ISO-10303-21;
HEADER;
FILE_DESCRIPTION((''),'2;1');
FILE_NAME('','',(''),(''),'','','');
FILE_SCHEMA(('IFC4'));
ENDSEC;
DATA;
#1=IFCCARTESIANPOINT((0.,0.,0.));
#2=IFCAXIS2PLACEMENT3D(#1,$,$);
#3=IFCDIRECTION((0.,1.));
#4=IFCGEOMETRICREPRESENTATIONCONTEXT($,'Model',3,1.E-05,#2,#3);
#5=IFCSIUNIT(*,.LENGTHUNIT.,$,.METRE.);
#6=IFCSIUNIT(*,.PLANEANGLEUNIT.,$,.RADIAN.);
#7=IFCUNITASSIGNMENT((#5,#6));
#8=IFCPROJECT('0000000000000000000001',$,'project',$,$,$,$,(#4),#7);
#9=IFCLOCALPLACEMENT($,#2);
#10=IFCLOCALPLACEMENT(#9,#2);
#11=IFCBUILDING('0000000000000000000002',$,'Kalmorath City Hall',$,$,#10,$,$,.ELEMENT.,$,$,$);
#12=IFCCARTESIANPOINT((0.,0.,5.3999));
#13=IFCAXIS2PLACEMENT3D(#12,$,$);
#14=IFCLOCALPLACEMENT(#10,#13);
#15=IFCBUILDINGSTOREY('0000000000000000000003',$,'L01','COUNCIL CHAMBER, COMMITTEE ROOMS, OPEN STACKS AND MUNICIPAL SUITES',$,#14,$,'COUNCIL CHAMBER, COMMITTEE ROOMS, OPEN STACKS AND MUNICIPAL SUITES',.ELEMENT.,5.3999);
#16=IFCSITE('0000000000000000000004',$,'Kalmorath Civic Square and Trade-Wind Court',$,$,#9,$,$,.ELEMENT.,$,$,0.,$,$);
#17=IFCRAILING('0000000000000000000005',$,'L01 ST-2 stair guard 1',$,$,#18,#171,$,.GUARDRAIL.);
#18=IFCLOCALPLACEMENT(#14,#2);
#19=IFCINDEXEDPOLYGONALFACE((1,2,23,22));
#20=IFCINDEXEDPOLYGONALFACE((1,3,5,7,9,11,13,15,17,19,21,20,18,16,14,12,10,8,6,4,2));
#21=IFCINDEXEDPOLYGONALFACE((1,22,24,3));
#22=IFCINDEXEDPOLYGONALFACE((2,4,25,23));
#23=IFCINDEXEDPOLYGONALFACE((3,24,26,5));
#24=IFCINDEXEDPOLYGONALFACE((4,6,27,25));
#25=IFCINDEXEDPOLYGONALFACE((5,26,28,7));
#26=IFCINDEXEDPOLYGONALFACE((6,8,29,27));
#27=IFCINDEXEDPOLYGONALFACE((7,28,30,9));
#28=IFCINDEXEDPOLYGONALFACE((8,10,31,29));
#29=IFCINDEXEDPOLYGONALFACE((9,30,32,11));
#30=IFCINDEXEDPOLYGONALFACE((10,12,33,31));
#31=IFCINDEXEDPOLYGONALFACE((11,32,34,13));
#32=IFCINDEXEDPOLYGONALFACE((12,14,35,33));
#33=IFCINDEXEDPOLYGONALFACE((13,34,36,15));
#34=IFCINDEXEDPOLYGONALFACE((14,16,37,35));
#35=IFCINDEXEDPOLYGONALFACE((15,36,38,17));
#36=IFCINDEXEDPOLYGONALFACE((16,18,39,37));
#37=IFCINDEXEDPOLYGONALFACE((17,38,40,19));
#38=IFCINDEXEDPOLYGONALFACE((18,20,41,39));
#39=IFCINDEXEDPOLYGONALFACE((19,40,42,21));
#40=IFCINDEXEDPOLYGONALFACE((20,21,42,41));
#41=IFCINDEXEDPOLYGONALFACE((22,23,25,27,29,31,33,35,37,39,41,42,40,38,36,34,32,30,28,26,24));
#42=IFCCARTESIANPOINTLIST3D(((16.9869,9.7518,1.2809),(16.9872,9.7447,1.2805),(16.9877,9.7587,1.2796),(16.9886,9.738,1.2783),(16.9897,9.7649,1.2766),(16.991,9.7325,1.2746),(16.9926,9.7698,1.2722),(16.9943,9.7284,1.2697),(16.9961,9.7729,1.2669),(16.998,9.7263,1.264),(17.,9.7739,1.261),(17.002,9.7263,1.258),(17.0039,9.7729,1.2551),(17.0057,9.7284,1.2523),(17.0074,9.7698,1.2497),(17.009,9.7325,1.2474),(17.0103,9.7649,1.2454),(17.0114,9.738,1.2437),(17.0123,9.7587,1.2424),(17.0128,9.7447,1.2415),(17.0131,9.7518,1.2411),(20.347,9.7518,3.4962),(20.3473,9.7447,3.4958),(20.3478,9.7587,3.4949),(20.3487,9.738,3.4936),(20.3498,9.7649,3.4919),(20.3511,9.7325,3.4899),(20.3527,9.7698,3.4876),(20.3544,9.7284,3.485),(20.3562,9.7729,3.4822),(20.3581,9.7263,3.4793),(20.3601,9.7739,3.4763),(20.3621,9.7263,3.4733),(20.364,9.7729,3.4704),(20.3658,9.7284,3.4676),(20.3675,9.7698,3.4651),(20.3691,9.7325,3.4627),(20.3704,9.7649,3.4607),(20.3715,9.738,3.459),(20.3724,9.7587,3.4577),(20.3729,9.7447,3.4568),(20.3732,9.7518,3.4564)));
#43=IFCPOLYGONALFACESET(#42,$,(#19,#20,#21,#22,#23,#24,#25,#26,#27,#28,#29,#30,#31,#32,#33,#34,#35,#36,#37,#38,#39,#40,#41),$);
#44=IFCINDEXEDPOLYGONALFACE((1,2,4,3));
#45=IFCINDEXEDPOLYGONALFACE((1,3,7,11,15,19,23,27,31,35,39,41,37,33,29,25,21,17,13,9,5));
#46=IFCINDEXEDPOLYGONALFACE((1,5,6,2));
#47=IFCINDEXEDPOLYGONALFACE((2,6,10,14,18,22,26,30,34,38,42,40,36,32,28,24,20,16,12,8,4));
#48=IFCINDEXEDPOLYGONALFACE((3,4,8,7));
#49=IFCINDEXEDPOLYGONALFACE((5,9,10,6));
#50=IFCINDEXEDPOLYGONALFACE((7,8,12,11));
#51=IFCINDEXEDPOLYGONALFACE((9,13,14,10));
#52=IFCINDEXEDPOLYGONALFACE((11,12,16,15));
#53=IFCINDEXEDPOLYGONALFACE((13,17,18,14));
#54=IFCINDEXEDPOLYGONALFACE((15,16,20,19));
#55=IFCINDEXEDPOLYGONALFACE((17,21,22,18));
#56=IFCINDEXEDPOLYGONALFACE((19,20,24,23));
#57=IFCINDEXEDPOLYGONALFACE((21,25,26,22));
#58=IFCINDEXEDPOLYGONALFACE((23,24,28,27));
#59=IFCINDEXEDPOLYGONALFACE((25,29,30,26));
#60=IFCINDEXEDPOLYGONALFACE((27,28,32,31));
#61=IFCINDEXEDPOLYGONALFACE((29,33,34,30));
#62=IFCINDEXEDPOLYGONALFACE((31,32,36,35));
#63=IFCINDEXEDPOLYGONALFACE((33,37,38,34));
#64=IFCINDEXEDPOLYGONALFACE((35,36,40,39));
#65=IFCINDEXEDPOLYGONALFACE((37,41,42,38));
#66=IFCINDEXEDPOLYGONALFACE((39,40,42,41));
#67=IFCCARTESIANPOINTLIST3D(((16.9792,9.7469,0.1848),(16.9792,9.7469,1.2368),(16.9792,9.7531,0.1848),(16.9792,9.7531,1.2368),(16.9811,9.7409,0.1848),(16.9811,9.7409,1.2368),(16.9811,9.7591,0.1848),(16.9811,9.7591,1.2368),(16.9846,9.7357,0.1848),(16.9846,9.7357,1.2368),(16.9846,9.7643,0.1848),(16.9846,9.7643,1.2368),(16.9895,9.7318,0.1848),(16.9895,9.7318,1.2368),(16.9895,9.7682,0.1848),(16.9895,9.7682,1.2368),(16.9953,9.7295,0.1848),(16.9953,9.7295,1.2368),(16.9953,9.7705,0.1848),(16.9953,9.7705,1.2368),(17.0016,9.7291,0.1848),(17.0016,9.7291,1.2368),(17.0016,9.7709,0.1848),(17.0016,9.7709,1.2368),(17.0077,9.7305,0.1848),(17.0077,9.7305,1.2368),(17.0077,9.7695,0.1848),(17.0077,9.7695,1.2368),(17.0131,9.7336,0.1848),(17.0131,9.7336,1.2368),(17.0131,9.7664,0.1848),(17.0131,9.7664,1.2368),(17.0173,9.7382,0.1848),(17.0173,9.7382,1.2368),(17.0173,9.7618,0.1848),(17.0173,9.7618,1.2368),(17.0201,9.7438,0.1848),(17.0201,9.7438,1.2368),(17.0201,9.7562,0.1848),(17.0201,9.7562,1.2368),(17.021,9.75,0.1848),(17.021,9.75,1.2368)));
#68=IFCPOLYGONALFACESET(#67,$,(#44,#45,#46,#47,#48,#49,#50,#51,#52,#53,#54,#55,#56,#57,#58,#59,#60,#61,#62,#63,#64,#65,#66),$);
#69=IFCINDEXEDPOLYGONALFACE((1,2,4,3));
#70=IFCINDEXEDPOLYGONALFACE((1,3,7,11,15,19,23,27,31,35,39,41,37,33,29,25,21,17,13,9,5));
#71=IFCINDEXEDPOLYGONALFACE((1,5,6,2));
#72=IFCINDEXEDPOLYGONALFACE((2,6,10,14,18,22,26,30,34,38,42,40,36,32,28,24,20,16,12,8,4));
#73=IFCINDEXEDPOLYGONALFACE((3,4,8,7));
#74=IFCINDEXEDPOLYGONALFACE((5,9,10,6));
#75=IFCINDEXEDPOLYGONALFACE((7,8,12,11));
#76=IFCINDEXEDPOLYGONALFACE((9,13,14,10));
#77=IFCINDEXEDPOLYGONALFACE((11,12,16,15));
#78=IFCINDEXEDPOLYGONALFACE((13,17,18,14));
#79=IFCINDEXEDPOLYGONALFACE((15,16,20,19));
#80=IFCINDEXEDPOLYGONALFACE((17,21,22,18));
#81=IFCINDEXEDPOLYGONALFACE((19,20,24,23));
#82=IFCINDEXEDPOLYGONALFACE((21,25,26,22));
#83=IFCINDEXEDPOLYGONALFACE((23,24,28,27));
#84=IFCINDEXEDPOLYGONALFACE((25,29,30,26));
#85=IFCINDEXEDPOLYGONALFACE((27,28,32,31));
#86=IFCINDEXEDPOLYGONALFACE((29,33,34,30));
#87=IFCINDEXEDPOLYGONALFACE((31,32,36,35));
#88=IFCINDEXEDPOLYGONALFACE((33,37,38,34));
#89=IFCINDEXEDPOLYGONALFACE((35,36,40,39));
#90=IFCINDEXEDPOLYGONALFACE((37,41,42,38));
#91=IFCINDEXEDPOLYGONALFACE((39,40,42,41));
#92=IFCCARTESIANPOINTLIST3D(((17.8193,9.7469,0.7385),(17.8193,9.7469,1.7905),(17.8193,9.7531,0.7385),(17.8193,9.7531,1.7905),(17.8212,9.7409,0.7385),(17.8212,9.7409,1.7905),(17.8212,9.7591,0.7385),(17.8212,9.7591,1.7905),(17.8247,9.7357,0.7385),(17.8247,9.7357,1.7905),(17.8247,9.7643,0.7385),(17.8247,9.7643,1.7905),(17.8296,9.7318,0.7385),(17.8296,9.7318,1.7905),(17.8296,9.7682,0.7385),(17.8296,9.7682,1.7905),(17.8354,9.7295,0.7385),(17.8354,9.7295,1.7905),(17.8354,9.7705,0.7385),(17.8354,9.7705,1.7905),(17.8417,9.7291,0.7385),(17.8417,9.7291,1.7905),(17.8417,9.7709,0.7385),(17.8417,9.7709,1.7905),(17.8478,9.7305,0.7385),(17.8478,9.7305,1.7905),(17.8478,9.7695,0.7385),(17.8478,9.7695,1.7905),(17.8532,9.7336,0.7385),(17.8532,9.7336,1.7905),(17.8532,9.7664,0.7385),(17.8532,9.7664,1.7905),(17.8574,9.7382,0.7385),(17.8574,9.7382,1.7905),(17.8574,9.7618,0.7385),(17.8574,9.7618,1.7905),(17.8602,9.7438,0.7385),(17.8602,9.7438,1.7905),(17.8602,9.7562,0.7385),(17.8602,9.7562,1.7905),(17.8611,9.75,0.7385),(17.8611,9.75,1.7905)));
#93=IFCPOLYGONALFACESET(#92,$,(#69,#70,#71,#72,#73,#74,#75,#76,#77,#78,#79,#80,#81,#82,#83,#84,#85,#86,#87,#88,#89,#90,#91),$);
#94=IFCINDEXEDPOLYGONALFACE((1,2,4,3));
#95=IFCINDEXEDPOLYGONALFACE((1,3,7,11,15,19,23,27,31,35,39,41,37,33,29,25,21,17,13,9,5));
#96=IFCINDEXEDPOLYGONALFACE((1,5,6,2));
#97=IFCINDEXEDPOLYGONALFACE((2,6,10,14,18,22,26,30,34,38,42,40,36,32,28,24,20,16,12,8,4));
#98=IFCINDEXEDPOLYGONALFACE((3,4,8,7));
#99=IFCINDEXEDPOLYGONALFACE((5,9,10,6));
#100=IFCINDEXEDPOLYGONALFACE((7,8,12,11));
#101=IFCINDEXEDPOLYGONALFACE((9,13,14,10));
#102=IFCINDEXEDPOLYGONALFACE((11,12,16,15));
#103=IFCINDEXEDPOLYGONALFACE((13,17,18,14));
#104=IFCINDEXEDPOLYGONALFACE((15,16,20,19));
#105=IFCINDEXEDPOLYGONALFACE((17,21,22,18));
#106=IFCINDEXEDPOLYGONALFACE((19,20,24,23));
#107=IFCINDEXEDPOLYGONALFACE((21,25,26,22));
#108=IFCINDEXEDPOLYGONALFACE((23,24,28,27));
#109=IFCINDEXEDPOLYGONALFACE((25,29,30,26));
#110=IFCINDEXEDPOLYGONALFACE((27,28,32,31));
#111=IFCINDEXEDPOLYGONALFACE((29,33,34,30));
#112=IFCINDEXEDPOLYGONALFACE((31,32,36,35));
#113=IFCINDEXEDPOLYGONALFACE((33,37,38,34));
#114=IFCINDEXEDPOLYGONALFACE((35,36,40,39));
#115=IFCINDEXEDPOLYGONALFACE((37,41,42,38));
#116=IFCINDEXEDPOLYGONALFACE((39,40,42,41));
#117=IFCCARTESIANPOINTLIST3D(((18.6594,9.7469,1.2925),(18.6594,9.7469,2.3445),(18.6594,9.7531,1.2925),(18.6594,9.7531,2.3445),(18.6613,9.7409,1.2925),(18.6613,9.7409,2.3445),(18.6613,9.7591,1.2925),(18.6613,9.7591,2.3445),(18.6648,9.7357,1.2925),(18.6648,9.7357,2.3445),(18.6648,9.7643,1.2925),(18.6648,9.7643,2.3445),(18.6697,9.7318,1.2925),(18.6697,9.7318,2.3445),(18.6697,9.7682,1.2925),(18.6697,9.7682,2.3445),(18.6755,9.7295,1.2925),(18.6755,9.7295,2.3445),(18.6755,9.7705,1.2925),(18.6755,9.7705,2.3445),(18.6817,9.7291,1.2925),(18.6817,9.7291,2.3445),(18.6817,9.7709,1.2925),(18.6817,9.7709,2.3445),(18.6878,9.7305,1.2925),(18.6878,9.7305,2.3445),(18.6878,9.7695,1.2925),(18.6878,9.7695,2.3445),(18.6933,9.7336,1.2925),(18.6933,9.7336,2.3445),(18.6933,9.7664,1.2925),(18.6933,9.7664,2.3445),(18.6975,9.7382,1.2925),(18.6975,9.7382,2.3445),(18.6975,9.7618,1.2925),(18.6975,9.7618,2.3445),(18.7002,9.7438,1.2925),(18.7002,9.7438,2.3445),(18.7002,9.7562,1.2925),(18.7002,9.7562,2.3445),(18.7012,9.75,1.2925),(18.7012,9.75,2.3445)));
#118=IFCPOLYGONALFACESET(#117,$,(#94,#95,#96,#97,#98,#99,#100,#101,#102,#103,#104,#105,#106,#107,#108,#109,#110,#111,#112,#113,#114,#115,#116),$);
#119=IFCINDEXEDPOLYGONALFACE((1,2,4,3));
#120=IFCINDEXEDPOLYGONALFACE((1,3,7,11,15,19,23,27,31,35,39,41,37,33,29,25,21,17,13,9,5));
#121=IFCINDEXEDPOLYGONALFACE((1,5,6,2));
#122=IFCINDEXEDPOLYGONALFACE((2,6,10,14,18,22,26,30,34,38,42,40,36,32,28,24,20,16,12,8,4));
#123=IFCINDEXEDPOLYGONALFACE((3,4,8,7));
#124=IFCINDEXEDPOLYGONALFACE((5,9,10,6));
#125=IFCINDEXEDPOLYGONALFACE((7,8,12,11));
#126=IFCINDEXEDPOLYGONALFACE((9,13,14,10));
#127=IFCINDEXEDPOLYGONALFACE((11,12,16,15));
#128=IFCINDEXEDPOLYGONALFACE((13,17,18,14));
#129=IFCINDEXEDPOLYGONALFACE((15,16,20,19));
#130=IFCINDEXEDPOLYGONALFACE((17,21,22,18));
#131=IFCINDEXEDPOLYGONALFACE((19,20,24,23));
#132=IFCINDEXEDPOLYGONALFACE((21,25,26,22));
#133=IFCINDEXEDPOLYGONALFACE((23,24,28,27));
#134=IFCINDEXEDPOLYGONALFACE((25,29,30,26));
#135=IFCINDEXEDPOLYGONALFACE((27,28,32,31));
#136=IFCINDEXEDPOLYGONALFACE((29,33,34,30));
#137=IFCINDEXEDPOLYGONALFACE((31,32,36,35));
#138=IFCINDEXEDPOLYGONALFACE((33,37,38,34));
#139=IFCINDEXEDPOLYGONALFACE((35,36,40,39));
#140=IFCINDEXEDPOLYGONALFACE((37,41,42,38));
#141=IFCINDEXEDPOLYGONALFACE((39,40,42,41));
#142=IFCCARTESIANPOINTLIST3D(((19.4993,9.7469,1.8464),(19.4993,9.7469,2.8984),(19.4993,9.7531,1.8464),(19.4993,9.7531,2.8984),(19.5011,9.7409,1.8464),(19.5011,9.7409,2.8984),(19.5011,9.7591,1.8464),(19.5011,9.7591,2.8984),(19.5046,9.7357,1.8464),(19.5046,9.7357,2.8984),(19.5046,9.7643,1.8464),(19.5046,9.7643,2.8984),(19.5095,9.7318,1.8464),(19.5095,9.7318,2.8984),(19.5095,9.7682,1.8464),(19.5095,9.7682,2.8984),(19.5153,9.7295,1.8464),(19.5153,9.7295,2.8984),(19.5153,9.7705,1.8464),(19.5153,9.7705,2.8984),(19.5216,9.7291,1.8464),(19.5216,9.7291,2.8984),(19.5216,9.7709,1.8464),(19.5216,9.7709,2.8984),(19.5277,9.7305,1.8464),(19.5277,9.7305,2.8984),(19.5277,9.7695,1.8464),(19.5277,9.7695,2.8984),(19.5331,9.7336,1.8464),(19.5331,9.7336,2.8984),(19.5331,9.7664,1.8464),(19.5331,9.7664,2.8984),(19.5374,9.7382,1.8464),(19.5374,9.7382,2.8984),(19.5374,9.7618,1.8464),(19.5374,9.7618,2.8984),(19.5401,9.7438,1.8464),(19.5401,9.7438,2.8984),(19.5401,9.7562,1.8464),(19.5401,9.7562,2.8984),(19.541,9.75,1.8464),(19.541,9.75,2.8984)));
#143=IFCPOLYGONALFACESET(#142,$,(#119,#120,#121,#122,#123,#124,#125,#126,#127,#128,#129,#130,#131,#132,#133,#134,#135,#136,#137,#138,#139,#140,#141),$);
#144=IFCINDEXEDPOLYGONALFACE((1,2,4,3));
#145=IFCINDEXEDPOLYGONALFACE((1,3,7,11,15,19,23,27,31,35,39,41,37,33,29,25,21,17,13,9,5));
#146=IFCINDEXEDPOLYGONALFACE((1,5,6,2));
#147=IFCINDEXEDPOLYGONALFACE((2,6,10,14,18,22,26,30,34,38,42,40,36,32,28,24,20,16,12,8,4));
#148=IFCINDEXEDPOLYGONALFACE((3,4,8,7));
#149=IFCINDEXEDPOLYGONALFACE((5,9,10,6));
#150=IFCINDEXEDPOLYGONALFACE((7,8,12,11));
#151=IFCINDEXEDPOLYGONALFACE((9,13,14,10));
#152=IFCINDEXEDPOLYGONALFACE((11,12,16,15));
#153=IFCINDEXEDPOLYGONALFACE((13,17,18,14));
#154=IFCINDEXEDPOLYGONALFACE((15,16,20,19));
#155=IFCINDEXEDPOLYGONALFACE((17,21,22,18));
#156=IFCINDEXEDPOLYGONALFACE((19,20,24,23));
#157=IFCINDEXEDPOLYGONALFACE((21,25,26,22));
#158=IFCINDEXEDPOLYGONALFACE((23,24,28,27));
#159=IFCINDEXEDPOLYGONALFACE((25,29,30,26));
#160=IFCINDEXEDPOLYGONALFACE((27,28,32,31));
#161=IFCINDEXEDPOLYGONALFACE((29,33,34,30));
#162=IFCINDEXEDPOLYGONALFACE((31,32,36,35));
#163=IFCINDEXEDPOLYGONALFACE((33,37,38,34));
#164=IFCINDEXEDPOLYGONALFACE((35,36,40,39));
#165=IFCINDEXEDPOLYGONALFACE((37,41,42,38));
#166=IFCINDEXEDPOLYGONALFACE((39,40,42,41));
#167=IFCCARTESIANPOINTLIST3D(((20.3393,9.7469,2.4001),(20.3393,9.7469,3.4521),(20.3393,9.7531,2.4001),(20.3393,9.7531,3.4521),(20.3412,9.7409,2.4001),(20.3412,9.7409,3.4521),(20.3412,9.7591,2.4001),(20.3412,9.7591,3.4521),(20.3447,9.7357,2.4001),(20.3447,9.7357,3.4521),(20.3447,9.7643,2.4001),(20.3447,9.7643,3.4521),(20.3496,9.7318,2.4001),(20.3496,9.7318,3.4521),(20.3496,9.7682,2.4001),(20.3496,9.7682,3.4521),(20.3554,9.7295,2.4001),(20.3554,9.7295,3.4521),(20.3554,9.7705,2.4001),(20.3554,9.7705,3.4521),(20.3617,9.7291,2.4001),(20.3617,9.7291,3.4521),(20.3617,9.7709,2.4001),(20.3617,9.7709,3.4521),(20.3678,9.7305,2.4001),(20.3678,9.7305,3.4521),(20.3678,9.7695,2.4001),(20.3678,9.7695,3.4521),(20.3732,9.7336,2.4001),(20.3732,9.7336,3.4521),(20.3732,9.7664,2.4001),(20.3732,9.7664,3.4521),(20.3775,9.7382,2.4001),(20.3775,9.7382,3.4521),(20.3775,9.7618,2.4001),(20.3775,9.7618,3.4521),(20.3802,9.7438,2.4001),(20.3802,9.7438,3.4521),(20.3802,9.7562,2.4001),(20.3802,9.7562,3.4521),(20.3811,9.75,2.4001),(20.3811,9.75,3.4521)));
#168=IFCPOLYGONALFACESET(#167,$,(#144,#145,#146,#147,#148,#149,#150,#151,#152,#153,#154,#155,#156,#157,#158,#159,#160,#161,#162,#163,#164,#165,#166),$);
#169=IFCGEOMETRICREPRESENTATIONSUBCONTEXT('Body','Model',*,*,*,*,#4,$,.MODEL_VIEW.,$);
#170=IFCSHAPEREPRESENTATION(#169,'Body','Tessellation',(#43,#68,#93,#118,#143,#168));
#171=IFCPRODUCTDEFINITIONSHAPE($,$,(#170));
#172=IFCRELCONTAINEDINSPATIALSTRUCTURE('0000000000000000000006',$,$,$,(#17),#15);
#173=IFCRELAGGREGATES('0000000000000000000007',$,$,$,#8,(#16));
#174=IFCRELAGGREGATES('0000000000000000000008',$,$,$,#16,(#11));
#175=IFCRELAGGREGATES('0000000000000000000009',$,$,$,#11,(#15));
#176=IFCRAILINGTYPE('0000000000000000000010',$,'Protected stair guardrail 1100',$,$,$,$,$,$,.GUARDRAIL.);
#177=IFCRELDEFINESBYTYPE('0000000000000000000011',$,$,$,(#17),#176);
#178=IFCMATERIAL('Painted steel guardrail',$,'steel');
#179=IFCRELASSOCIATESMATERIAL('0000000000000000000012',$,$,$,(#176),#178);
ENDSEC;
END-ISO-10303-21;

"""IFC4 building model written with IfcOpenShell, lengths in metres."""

from ifc_helpers import new_model, si_unit, direction, frame, origin, origin_2d, place, context, subcontext, project, spatial, circle, extrude, material, type_object, element, save


model = new_model("IFC4")

# Units and contexts
model_context = context("Model", 3, precision=1e-05, world=origin(), true_north=direction((0.0, 1.0)))
body_context = subcontext(model_context, "Body", "Model", "MODEL_VIEW")
ifc_project = project(units=[si_unit("LENGTHUNIT", "METRE"), si_unit("PLANEANGLEUNIT", "RADIAN")], contexts=[model_context])

# Site, building, storey
site_placement = place(None, origin())
site = spatial("IfcSite", under=ifc_project, at=site_placement, Name="Kalmorath Civic Square and Trade-Wind Court", CompositionType="ELEMENT", RefElevation=0.0)
building_placement = place(site_placement, origin())
building = spatial("IfcBuilding", under=site, at=building_placement, Name="Kalmorath City Hall", CompositionType="ELEMENT")
storey_placement = place(building_placement, frame((0.0, 0.0, 5.3999)))
storey = spatial("IfcBuildingStorey", under=building, at=storey_placement, Name="L01", Description="COUNCIL CHAMBER, COMMITTEE ROOMS, OPEN STACKS AND MUNICIPAL SUITES", LongName="COUNCIL CHAMBER, COMMITTEE ROOMS, OPEN STACKS AND MUNICIPAL SUITES", CompositionType="ELEMENT", Elevation=5.3999)

# Railing
ifc_material_1 = material(Name="Painted steel guardrail", Category="steel")
railing_type_1 = type_object("IfcRailingType", Name="Protected stair guardrail 1100", PredefinedType="GUARDRAIL", material=ifc_material_1)
railing_1_placement = place(storey_placement, frame((17.0, 9.75, 0.1848)))
element("IfcRailing", 1, at=railing_1_placement, inside=storey, type_object=railing_type_1, Name="L01 ST-2 stair guard 1", PredefinedType="GUARDRAIL", context=body_context, shape_type="SweptSolid", body=[
    extrude(circle(Radius=0.0239, at=origin_2d()), frame((0.0, 0.0, 1.0762), z_axis=(0.834876, 0.0, 0.550437), x_axis=(0.0, 1.0, 0.0)), (0.0, 0.0, 1.0), 4.0247),
    extrude(circle(Radius=0.021, at=origin_2d()), origin(), (0.0, 0.0, 1.0), 1.052),
    extrude(circle(Radius=0.021, at=origin_2d()), frame((0.8401, 0.0, 0.5537)), (0.0, 0.0, 1.0), 1.052),
    extrude(circle(Radius=0.021, at=origin_2d()), frame((1.6802, 0.0, 1.1077)), (0.0, 0.0, 1.0), 1.052),
    extrude(circle(Radius=0.021, at=origin_2d()), frame((2.52, 0.0, 1.6616)), (0.0, 0.0, 1.0), 1.052),
    extrude(circle(Radius=0.021, at=origin_2d()), frame((3.3601, 0.0, 2.2153)), (0.0, 0.0, 1.0), 1.052),
])

save(model, "model.ifc")
